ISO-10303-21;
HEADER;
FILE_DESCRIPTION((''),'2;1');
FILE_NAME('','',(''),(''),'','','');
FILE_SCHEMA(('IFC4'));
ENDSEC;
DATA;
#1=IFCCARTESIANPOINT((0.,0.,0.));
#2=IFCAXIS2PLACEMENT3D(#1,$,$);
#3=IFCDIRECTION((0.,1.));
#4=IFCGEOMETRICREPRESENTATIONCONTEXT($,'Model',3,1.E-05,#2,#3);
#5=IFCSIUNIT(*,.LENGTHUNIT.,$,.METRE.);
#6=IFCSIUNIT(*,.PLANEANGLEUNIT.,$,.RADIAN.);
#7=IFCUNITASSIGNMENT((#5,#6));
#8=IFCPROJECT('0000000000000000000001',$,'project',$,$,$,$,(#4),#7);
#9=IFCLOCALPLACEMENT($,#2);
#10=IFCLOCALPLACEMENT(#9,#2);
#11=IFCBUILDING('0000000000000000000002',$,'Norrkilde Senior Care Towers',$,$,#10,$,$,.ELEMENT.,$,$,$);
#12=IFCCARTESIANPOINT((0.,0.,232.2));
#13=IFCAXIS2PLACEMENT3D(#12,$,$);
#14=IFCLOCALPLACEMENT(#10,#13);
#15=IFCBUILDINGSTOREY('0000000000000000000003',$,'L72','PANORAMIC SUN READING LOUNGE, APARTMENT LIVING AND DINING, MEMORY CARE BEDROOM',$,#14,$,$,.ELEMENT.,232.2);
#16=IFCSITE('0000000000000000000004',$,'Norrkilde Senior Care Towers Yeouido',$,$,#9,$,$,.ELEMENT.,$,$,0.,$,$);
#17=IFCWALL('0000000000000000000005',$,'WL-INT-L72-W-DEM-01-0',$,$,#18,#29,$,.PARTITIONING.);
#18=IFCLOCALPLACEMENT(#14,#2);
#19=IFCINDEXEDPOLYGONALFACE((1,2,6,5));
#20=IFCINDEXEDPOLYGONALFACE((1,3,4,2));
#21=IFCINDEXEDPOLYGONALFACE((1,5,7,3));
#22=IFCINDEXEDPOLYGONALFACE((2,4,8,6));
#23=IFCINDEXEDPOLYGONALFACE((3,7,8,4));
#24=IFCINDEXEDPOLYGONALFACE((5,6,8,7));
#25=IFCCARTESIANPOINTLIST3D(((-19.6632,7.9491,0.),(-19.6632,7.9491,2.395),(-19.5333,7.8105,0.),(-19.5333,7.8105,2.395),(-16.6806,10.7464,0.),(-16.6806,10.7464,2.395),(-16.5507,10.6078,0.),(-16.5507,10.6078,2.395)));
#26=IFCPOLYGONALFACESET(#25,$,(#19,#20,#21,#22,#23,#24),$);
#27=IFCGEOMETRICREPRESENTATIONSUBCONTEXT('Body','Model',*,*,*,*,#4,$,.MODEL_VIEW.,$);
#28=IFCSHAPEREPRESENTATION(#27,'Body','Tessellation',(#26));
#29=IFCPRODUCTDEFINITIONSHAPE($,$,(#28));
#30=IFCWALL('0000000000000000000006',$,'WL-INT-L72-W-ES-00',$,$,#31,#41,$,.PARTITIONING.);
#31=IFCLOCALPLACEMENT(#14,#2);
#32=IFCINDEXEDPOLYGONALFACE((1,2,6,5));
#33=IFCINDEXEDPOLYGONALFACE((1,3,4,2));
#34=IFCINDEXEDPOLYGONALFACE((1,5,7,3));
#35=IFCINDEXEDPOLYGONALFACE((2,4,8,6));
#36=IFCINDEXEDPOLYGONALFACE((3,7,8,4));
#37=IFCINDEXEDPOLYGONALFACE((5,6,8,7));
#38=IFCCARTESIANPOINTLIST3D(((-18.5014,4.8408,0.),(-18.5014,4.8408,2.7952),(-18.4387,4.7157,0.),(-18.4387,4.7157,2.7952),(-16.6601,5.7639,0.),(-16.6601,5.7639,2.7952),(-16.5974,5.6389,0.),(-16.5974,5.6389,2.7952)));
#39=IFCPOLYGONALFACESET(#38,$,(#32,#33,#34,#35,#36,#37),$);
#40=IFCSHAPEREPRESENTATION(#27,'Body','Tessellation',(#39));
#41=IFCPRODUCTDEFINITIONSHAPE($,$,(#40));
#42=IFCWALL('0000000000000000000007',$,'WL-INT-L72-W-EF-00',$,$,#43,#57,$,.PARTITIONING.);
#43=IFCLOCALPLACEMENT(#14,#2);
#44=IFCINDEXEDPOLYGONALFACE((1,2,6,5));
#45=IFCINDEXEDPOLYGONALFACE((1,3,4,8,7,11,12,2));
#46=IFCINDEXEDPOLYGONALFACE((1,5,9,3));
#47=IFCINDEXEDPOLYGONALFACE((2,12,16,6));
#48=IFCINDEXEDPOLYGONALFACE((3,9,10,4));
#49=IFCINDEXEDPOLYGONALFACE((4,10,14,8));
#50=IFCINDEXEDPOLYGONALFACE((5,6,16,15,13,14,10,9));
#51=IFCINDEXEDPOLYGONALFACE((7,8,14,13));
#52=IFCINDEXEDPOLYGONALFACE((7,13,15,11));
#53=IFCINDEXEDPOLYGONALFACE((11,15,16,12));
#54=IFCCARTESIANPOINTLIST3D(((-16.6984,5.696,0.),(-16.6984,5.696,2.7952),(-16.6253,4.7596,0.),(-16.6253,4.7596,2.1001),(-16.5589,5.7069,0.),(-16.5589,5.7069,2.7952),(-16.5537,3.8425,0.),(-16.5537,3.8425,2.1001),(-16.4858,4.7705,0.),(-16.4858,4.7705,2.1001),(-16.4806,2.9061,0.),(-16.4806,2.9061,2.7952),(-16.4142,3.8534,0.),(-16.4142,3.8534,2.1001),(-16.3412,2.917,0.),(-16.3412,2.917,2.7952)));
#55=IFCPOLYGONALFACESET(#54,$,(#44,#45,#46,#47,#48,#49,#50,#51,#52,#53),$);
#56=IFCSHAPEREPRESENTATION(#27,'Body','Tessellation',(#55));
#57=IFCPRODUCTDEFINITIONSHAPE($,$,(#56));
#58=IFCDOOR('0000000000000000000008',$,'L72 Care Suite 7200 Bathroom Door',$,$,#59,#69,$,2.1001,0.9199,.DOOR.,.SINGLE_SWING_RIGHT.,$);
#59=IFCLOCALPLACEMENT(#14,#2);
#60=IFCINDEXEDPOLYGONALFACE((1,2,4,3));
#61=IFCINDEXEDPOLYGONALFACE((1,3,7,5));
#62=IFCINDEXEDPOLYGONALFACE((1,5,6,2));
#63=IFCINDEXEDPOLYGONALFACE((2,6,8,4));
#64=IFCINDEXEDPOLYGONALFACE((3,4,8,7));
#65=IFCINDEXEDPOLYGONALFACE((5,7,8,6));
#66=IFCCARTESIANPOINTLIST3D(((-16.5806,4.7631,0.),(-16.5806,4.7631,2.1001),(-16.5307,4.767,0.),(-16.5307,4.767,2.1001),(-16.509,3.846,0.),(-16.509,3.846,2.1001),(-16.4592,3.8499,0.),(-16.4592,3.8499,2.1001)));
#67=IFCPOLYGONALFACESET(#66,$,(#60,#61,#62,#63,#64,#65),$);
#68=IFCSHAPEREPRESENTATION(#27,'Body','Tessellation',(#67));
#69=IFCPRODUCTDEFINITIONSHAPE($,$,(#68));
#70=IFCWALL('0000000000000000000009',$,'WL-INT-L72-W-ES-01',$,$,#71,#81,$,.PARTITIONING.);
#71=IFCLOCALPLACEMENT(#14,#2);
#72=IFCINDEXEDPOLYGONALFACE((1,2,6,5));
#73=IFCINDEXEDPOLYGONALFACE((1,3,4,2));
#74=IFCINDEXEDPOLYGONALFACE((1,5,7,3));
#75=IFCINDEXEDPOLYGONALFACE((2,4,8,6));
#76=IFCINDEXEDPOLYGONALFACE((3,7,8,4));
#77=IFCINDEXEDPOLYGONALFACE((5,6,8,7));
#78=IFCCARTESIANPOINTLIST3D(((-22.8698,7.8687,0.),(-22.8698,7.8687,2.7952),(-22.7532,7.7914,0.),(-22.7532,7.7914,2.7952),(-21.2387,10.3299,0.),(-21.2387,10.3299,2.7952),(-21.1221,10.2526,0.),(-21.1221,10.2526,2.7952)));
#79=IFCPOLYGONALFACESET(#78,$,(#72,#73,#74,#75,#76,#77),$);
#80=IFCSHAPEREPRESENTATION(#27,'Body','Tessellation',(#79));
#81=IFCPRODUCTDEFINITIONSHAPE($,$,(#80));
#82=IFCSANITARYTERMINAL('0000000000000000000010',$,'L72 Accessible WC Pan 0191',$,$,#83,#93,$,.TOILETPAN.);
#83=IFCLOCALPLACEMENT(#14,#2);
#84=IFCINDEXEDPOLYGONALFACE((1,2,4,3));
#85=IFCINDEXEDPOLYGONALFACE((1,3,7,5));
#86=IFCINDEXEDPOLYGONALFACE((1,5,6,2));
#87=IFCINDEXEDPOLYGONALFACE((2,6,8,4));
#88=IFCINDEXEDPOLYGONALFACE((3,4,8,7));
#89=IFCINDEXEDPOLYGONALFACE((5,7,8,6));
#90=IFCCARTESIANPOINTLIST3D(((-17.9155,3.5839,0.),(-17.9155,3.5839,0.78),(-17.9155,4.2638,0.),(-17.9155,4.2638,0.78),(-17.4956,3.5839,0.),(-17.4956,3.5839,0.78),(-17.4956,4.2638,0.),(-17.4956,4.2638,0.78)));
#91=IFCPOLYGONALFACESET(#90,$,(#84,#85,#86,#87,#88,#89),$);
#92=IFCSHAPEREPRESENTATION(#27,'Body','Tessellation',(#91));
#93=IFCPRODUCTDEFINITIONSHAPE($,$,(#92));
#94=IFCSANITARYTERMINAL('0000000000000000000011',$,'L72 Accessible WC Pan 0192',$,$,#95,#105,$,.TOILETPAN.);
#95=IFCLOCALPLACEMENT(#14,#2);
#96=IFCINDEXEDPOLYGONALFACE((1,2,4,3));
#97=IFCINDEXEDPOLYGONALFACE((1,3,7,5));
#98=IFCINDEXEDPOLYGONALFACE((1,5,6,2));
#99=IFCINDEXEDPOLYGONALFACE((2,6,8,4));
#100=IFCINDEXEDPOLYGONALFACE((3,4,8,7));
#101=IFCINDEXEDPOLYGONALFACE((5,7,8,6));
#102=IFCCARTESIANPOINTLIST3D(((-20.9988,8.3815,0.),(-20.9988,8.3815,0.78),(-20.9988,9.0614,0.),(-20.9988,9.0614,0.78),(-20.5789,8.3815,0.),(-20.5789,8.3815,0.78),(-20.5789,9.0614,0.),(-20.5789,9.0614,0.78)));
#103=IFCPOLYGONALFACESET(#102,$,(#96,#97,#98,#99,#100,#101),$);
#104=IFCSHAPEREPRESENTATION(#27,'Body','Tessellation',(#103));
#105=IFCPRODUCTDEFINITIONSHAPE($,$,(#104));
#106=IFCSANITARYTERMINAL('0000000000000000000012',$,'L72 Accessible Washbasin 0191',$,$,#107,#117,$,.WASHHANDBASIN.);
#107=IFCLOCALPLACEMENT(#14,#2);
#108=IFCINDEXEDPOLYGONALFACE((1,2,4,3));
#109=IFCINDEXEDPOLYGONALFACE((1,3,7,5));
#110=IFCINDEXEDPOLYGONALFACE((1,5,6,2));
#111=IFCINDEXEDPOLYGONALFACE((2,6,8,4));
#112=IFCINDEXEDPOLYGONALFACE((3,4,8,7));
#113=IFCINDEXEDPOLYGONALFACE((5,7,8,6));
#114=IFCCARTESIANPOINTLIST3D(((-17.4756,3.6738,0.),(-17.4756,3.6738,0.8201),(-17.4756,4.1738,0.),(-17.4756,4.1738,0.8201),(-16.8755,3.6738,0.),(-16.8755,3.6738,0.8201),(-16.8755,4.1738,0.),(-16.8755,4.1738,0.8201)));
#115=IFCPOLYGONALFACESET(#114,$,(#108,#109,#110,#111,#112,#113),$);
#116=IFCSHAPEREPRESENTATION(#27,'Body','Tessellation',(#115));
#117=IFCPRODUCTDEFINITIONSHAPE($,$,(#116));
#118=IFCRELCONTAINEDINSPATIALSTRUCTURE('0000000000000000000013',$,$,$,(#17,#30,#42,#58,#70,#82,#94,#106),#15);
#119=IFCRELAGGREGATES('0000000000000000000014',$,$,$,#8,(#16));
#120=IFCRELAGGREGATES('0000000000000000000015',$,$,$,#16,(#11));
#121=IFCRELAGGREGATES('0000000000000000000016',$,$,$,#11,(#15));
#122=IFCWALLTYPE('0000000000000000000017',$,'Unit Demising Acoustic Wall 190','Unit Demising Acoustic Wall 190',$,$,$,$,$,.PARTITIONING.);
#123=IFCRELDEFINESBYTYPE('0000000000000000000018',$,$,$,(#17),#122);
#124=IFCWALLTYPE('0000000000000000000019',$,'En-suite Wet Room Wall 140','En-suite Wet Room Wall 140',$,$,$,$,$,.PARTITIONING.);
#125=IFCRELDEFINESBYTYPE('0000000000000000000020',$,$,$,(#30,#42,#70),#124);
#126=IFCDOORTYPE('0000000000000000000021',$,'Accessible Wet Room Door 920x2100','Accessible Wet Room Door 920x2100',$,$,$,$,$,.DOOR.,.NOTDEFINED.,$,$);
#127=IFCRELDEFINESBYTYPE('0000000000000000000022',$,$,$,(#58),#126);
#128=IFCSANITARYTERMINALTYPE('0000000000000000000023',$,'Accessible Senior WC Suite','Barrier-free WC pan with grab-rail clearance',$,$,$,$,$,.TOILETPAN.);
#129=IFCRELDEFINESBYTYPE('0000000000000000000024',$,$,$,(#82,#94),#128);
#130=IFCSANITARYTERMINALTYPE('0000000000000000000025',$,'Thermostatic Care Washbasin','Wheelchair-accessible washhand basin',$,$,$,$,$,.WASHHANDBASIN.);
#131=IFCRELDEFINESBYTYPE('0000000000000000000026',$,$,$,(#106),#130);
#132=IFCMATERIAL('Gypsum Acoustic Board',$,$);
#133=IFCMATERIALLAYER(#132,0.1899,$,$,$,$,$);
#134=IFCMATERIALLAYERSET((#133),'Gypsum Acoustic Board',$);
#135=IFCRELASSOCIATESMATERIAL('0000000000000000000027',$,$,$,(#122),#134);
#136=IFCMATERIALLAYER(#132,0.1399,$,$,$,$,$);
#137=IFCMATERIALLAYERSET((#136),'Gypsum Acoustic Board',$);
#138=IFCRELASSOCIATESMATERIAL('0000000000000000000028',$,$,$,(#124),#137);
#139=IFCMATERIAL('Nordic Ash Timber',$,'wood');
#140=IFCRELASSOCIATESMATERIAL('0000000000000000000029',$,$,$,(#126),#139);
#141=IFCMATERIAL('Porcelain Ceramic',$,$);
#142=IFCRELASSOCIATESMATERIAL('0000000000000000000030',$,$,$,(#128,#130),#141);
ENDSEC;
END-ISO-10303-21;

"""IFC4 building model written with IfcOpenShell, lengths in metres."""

from ifc_helpers import new_model, si_unit, direction, frame, frame_2d, origin, origin_2d, place, context, subcontext, project, spatial, rectangle, extrude, source, transform, mapped, material, layer, layer_set, type_object, type_shapes, element, fill, save


model = new_model("IFC4")

# Units and contexts
model_context = context("Model", 3, precision=1e-05, world=origin(), true_north=direction((0.0, 1.0)))
body_context = subcontext(model_context, "Body", "Model", "MODEL_VIEW")
ifc_project = project(units=[si_unit("LENGTHUNIT", "METRE"), si_unit("PLANEANGLEUNIT", "RADIAN")], contexts=[model_context])

# Site, building, storey
site_placement = place(None, origin())
site = spatial("IfcSite", under=ifc_project, at=site_placement, Name="Norrkilde Senior Care Towers Yeouido", CompositionType="ELEMENT", RefElevation=0.0)
building_placement = place(site_placement, origin())
building = spatial("IfcBuilding", under=site, at=building_placement, Name="Norrkilde Senior Care Towers", CompositionType="ELEMENT")
storey_placement = place(building_placement, frame((0.0, 0.0, 232.2)))
storey = spatial("IfcBuildingStorey", under=building, at=storey_placement, Name="L72", Description="PANORAMIC SUN READING LOUNGE, APARTMENT LIVING AND DINING, MEMORY CARE BEDROOM", CompositionType="ELEMENT", Elevation=232.2)

# Shared definitions
ifc_material_1 = material(Name="Gypsum Acoustic Board")
ifc_material_2 = material(Name="Nordic Ash Timber", Category="wood")

# Walls
ifc_layer_1 = layer(ifc_material_1, 0.1899)
ifc_layer_set_1 = layer_set([ifc_layer_1], Name="Gypsum Acoustic Board")
wall_type_1 = type_object("IfcWallType", Name="Unit Demising Acoustic Wall 190", Description="Unit Demising Acoustic Wall 190", PredefinedType="PARTITIONING", material=ifc_layer_set_1)
shared_shape_1 = source(origin(), body_context, "Body", "SweptSolid", [
    extrude(rectangle(XDim=4.0891, YDim=0.1899, at=frame_2d((2.0444, 0.0))), origin(), (0.0, 0.0, 1.0), 2.395),
])
type_shapes(wall_type_1, [shared_shape_1])
wall_1_placement = place(storey_placement, frame((-19.5981, 7.8799, 0.0), z_axis=(0.0, 0.0, 1.0), x_axis=(0.729401, 0.684086, 0.0)))
element("IfcWall", 1, at=wall_1_placement, inside=storey, type_object=wall_type_1, Name="WL-INT-L72-W-DEM-01-0", PredefinedType="PARTITIONING", context=body_context, shape_type="MappedRepresentation", body=[
    mapped(shared_shape_1, transform((0.0, 0.0, 0.0), x_axis=(1.0, 0.0, 0.0), y_axis=(0.0, 1.0, 0.0), z_axis=(0.0, 0.0, 1.0), scale=1.0)),
])
ifc_layer_2 = layer(ifc_material_1, 0.1399)
ifc_layer_set_2 = layer_set([ifc_layer_2], Name="Gypsum Acoustic Board")
wall_type_2 = type_object("IfcWallType", Name="En-suite Wet Room Wall 140", Description="En-suite Wet Room Wall 140", PredefinedType="PARTITIONING", material=ifc_layer_set_2)
shared_shape_2 = source(origin(), body_context, "Body", "SweptSolid", [
    extrude(rectangle(XDim=2.0598, YDim=0.1399, at=frame_2d((1.0298, 0.0))), origin(), (0.0, 0.0, 1.0), 2.7952),
])
wall_2_placement = place(storey_placement, frame((-18.47, 4.7783, 0.0), z_axis=(0.0, 0.0, 1.0), x_axis=(0.893953, 0.448162, 0.0)))
element("IfcWall", 2, at=wall_2_placement, inside=storey, type_object=wall_type_2, Name="WL-INT-L72-W-ES-00", PredefinedType="PARTITIONING", context=body_context, shape_type="MappedRepresentation", body=[
    mapped(shared_shape_2, transform((0.0, 0.0, 0.0), x_axis=(1.0, 0.0, 0.0), y_axis=(0.0, 1.0, 0.0), z_axis=(0.0, 0.0, 1.0), scale=1.0)),
])

# Wall, opening, door
shared_shape_3 = source(origin(), body_context, "Body", "SweptSolid", [
    extrude(rectangle(XDim=2.7983, YDim=0.1399, at=frame_2d((1.3992, 0.0))), origin(), (0.0, 0.0, 1.0), 2.7952),
])
wall_3_placement = place(storey_placement, frame((-16.6287, 5.7014, 0.0), z_axis=(0.0, 0.0, 1.0), x_axis=(0.077824, -0.996967, 0.0)))
wall_3 = element("IfcWall", 3, at=wall_3_placement, inside=storey, type_object=wall_type_2, Name="WL-INT-L72-W-EF-00", PredefinedType="PARTITIONING", context=body_context, shape_type="MappedRepresentation", body=[
    mapped(shared_shape_3, transform((0.0, 0.0, 0.0), x_axis=(1.0, 0.0, 0.0), y_axis=(0.0, 1.0, 0.0), z_axis=(0.0, 0.0, 1.0), scale=1.0)),
])
opening_1_placement = place(wall_3_placement, frame((0.9392, 0.0, 0.0)))
opening_1 = element("IfcOpeningElement", 4, at=opening_1_placement, cuts=wall_3, PredefinedType="OPENING", context=body_context, shape_type="SweptSolid", body=[
    extrude(rectangle(XDim=0.9199, YDim=2.1001, at=frame_2d((0.46, 1.05))), frame((0.0, 0.0798, 0.0), z_axis=(0.0, -1.0, 0.0), x_axis=(1.0, 0.0, 0.0)), (0.0, 0.0, 1.0), 0.1599),
])
door_type_1 = type_object("IfcDoorType", Name="Accessible Wet Room Door 920x2100", Description="Accessible Wet Room Door 920x2100", OperationType="NOTDEFINED", PredefinedType="DOOR", material=ifc_material_2)
shared_shape_4 = source(origin(), body_context, "Body", "SweptSolid", [
    extrude(rectangle(XDim=0.9199, YDim=2.1001, at=frame_2d((0.46, 1.05))), frame((0.0, 0.0249, 0.0), z_axis=(0.0, -1.0, 0.0), x_axis=(1.0, 0.0, 0.0)), (0.0, 0.0, 1.0), 0.05),
])
type_shapes(door_type_1, [shared_shape_4])
door_1_placement = place(opening_1_placement, origin())
door_1 = element("IfcDoor", 5, at=door_1_placement, inside=storey, type_object=door_type_1, Name="L72 Care Suite 7200 Bathroom Door", OperationType="SINGLE_SWING_RIGHT", OverallHeight=2.1001, OverallWidth=0.9199, PredefinedType="DOOR", context=body_context, shape_type="MappedRepresentation", body=[
    mapped(shared_shape_4, transform((0.0, 0.0, 0.0), x_axis=(1.0, 0.0, 0.0), y_axis=(0.0, 1.0, 0.0), z_axis=(0.0, 0.0, 1.0), scale=1.0)),
])
fill(opening_1, door_1)

# Wall
shared_shape_5 = source(origin(), body_context, "Body", "SweptSolid", [
    extrude(rectangle(XDim=2.9526, YDim=0.1399, at=frame_2d((1.4763, 0.0))), origin(), (0.0, 0.0, 1.0), 2.7952),
])
type_shapes(wall_type_2, [shared_shape_2, shared_shape_3, shared_shape_5])
wall_4_placement = place(storey_placement, frame((-22.8115, 7.8301, 0.0), z_axis=(0.0, 0.0, 1.0), x_axis=(0.552427, 0.833561, 0.0)))
element("IfcWall", 6, at=wall_4_placement, inside=storey, type_object=wall_type_2, Name="WL-INT-L72-W-ES-01", PredefinedType="PARTITIONING", context=body_context, shape_type="MappedRepresentation", body=[
    mapped(shared_shape_5, transform((0.0, 0.0, 0.0), x_axis=(1.0, 0.0, 0.0), y_axis=(0.0, 1.0, 0.0), z_axis=(0.0, 0.0, 1.0), scale=1.0)),
])

# Sanitary terminals
ifc_material_3 = material(Name="Porcelain Ceramic")
sanitary_terminal_type_1 = type_object("IfcSanitaryTerminalType", Name="Accessible Senior WC Suite", Description="Barrier-free WC pan with grab-rail clearance", PredefinedType="TOILETPAN", material=ifc_material_3)
shared_shape_6 = source(origin(), body_context, "Body", "SweptSolid", [
    extrude(rectangle(XDim=0.4199, YDim=0.6799, at=origin_2d()), origin(), (0.0, 0.0, 1.0), 0.78),
])
type_shapes(sanitary_terminal_type_1, [shared_shape_6])
for number, where, z_axis, x_axis, name in (
    (7, (-17.7056, 3.9238, 0.0), (0.0, 0.0, 1.0), (1.0, 0.0, 0.0), "L72 Accessible WC Pan 0191"),
    (8, (-20.7888, 8.7214, 0.0), (0.0, 0.0, 1.0), (1.0, 0.0, 0.0), "L72 Accessible WC Pan 0192"),
):
    element("IfcSanitaryTerminal", number, at=place(storey_placement, frame(where, z_axis=z_axis, x_axis=x_axis)), inside=storey, type_object=sanitary_terminal_type_1, Name=name, PredefinedType="TOILETPAN", context=body_context, shape_type="MappedRepresentation", body=[
        mapped(shared_shape_6, transform((0.0, 0.0, 0.0), x_axis=(1.0, 0.0, 0.0), y_axis=(0.0, 1.0, 0.0), z_axis=(0.0, 0.0, 1.0), scale=1.0)),
    ])
sanitary_terminal_type_2 = type_object("IfcSanitaryTerminalType", Name="Thermostatic Care Washbasin", Description="Wheelchair-accessible washhand basin", PredefinedType="WASHHANDBASIN", material=ifc_material_3)
shared_shape_7 = source(origin(), body_context, "Body", "SweptSolid", [
    extrude(rectangle(XDim=0.6001, YDim=0.5, at=origin_2d()), origin(), (0.0, 0.0, 1.0), 0.8201),
])
type_shapes(sanitary_terminal_type_2, [shared_shape_7])
sanitary_terminal_placement = place(storey_placement, frame((-17.1755, 3.9238, 0.0), z_axis=(0.0, 0.0, 1.0), x_axis=(1.0, 0.0, 0.0)))
element("IfcSanitaryTerminal", 9, at=sanitary_terminal_placement, inside=storey, type_object=sanitary_terminal_type_2, Name="L72 Accessible Washbasin 0191", PredefinedType="WASHHANDBASIN", context=body_context, shape_type="MappedRepresentation", body=[
    mapped(shared_shape_7, transform((0.0, 0.0, 0.0), x_axis=(1.0, 0.0, 0.0), y_axis=(0.0, 1.0, 0.0), z_axis=(0.0, 0.0, 1.0), scale=1.0)),
])

save(model, "model.ifc")
